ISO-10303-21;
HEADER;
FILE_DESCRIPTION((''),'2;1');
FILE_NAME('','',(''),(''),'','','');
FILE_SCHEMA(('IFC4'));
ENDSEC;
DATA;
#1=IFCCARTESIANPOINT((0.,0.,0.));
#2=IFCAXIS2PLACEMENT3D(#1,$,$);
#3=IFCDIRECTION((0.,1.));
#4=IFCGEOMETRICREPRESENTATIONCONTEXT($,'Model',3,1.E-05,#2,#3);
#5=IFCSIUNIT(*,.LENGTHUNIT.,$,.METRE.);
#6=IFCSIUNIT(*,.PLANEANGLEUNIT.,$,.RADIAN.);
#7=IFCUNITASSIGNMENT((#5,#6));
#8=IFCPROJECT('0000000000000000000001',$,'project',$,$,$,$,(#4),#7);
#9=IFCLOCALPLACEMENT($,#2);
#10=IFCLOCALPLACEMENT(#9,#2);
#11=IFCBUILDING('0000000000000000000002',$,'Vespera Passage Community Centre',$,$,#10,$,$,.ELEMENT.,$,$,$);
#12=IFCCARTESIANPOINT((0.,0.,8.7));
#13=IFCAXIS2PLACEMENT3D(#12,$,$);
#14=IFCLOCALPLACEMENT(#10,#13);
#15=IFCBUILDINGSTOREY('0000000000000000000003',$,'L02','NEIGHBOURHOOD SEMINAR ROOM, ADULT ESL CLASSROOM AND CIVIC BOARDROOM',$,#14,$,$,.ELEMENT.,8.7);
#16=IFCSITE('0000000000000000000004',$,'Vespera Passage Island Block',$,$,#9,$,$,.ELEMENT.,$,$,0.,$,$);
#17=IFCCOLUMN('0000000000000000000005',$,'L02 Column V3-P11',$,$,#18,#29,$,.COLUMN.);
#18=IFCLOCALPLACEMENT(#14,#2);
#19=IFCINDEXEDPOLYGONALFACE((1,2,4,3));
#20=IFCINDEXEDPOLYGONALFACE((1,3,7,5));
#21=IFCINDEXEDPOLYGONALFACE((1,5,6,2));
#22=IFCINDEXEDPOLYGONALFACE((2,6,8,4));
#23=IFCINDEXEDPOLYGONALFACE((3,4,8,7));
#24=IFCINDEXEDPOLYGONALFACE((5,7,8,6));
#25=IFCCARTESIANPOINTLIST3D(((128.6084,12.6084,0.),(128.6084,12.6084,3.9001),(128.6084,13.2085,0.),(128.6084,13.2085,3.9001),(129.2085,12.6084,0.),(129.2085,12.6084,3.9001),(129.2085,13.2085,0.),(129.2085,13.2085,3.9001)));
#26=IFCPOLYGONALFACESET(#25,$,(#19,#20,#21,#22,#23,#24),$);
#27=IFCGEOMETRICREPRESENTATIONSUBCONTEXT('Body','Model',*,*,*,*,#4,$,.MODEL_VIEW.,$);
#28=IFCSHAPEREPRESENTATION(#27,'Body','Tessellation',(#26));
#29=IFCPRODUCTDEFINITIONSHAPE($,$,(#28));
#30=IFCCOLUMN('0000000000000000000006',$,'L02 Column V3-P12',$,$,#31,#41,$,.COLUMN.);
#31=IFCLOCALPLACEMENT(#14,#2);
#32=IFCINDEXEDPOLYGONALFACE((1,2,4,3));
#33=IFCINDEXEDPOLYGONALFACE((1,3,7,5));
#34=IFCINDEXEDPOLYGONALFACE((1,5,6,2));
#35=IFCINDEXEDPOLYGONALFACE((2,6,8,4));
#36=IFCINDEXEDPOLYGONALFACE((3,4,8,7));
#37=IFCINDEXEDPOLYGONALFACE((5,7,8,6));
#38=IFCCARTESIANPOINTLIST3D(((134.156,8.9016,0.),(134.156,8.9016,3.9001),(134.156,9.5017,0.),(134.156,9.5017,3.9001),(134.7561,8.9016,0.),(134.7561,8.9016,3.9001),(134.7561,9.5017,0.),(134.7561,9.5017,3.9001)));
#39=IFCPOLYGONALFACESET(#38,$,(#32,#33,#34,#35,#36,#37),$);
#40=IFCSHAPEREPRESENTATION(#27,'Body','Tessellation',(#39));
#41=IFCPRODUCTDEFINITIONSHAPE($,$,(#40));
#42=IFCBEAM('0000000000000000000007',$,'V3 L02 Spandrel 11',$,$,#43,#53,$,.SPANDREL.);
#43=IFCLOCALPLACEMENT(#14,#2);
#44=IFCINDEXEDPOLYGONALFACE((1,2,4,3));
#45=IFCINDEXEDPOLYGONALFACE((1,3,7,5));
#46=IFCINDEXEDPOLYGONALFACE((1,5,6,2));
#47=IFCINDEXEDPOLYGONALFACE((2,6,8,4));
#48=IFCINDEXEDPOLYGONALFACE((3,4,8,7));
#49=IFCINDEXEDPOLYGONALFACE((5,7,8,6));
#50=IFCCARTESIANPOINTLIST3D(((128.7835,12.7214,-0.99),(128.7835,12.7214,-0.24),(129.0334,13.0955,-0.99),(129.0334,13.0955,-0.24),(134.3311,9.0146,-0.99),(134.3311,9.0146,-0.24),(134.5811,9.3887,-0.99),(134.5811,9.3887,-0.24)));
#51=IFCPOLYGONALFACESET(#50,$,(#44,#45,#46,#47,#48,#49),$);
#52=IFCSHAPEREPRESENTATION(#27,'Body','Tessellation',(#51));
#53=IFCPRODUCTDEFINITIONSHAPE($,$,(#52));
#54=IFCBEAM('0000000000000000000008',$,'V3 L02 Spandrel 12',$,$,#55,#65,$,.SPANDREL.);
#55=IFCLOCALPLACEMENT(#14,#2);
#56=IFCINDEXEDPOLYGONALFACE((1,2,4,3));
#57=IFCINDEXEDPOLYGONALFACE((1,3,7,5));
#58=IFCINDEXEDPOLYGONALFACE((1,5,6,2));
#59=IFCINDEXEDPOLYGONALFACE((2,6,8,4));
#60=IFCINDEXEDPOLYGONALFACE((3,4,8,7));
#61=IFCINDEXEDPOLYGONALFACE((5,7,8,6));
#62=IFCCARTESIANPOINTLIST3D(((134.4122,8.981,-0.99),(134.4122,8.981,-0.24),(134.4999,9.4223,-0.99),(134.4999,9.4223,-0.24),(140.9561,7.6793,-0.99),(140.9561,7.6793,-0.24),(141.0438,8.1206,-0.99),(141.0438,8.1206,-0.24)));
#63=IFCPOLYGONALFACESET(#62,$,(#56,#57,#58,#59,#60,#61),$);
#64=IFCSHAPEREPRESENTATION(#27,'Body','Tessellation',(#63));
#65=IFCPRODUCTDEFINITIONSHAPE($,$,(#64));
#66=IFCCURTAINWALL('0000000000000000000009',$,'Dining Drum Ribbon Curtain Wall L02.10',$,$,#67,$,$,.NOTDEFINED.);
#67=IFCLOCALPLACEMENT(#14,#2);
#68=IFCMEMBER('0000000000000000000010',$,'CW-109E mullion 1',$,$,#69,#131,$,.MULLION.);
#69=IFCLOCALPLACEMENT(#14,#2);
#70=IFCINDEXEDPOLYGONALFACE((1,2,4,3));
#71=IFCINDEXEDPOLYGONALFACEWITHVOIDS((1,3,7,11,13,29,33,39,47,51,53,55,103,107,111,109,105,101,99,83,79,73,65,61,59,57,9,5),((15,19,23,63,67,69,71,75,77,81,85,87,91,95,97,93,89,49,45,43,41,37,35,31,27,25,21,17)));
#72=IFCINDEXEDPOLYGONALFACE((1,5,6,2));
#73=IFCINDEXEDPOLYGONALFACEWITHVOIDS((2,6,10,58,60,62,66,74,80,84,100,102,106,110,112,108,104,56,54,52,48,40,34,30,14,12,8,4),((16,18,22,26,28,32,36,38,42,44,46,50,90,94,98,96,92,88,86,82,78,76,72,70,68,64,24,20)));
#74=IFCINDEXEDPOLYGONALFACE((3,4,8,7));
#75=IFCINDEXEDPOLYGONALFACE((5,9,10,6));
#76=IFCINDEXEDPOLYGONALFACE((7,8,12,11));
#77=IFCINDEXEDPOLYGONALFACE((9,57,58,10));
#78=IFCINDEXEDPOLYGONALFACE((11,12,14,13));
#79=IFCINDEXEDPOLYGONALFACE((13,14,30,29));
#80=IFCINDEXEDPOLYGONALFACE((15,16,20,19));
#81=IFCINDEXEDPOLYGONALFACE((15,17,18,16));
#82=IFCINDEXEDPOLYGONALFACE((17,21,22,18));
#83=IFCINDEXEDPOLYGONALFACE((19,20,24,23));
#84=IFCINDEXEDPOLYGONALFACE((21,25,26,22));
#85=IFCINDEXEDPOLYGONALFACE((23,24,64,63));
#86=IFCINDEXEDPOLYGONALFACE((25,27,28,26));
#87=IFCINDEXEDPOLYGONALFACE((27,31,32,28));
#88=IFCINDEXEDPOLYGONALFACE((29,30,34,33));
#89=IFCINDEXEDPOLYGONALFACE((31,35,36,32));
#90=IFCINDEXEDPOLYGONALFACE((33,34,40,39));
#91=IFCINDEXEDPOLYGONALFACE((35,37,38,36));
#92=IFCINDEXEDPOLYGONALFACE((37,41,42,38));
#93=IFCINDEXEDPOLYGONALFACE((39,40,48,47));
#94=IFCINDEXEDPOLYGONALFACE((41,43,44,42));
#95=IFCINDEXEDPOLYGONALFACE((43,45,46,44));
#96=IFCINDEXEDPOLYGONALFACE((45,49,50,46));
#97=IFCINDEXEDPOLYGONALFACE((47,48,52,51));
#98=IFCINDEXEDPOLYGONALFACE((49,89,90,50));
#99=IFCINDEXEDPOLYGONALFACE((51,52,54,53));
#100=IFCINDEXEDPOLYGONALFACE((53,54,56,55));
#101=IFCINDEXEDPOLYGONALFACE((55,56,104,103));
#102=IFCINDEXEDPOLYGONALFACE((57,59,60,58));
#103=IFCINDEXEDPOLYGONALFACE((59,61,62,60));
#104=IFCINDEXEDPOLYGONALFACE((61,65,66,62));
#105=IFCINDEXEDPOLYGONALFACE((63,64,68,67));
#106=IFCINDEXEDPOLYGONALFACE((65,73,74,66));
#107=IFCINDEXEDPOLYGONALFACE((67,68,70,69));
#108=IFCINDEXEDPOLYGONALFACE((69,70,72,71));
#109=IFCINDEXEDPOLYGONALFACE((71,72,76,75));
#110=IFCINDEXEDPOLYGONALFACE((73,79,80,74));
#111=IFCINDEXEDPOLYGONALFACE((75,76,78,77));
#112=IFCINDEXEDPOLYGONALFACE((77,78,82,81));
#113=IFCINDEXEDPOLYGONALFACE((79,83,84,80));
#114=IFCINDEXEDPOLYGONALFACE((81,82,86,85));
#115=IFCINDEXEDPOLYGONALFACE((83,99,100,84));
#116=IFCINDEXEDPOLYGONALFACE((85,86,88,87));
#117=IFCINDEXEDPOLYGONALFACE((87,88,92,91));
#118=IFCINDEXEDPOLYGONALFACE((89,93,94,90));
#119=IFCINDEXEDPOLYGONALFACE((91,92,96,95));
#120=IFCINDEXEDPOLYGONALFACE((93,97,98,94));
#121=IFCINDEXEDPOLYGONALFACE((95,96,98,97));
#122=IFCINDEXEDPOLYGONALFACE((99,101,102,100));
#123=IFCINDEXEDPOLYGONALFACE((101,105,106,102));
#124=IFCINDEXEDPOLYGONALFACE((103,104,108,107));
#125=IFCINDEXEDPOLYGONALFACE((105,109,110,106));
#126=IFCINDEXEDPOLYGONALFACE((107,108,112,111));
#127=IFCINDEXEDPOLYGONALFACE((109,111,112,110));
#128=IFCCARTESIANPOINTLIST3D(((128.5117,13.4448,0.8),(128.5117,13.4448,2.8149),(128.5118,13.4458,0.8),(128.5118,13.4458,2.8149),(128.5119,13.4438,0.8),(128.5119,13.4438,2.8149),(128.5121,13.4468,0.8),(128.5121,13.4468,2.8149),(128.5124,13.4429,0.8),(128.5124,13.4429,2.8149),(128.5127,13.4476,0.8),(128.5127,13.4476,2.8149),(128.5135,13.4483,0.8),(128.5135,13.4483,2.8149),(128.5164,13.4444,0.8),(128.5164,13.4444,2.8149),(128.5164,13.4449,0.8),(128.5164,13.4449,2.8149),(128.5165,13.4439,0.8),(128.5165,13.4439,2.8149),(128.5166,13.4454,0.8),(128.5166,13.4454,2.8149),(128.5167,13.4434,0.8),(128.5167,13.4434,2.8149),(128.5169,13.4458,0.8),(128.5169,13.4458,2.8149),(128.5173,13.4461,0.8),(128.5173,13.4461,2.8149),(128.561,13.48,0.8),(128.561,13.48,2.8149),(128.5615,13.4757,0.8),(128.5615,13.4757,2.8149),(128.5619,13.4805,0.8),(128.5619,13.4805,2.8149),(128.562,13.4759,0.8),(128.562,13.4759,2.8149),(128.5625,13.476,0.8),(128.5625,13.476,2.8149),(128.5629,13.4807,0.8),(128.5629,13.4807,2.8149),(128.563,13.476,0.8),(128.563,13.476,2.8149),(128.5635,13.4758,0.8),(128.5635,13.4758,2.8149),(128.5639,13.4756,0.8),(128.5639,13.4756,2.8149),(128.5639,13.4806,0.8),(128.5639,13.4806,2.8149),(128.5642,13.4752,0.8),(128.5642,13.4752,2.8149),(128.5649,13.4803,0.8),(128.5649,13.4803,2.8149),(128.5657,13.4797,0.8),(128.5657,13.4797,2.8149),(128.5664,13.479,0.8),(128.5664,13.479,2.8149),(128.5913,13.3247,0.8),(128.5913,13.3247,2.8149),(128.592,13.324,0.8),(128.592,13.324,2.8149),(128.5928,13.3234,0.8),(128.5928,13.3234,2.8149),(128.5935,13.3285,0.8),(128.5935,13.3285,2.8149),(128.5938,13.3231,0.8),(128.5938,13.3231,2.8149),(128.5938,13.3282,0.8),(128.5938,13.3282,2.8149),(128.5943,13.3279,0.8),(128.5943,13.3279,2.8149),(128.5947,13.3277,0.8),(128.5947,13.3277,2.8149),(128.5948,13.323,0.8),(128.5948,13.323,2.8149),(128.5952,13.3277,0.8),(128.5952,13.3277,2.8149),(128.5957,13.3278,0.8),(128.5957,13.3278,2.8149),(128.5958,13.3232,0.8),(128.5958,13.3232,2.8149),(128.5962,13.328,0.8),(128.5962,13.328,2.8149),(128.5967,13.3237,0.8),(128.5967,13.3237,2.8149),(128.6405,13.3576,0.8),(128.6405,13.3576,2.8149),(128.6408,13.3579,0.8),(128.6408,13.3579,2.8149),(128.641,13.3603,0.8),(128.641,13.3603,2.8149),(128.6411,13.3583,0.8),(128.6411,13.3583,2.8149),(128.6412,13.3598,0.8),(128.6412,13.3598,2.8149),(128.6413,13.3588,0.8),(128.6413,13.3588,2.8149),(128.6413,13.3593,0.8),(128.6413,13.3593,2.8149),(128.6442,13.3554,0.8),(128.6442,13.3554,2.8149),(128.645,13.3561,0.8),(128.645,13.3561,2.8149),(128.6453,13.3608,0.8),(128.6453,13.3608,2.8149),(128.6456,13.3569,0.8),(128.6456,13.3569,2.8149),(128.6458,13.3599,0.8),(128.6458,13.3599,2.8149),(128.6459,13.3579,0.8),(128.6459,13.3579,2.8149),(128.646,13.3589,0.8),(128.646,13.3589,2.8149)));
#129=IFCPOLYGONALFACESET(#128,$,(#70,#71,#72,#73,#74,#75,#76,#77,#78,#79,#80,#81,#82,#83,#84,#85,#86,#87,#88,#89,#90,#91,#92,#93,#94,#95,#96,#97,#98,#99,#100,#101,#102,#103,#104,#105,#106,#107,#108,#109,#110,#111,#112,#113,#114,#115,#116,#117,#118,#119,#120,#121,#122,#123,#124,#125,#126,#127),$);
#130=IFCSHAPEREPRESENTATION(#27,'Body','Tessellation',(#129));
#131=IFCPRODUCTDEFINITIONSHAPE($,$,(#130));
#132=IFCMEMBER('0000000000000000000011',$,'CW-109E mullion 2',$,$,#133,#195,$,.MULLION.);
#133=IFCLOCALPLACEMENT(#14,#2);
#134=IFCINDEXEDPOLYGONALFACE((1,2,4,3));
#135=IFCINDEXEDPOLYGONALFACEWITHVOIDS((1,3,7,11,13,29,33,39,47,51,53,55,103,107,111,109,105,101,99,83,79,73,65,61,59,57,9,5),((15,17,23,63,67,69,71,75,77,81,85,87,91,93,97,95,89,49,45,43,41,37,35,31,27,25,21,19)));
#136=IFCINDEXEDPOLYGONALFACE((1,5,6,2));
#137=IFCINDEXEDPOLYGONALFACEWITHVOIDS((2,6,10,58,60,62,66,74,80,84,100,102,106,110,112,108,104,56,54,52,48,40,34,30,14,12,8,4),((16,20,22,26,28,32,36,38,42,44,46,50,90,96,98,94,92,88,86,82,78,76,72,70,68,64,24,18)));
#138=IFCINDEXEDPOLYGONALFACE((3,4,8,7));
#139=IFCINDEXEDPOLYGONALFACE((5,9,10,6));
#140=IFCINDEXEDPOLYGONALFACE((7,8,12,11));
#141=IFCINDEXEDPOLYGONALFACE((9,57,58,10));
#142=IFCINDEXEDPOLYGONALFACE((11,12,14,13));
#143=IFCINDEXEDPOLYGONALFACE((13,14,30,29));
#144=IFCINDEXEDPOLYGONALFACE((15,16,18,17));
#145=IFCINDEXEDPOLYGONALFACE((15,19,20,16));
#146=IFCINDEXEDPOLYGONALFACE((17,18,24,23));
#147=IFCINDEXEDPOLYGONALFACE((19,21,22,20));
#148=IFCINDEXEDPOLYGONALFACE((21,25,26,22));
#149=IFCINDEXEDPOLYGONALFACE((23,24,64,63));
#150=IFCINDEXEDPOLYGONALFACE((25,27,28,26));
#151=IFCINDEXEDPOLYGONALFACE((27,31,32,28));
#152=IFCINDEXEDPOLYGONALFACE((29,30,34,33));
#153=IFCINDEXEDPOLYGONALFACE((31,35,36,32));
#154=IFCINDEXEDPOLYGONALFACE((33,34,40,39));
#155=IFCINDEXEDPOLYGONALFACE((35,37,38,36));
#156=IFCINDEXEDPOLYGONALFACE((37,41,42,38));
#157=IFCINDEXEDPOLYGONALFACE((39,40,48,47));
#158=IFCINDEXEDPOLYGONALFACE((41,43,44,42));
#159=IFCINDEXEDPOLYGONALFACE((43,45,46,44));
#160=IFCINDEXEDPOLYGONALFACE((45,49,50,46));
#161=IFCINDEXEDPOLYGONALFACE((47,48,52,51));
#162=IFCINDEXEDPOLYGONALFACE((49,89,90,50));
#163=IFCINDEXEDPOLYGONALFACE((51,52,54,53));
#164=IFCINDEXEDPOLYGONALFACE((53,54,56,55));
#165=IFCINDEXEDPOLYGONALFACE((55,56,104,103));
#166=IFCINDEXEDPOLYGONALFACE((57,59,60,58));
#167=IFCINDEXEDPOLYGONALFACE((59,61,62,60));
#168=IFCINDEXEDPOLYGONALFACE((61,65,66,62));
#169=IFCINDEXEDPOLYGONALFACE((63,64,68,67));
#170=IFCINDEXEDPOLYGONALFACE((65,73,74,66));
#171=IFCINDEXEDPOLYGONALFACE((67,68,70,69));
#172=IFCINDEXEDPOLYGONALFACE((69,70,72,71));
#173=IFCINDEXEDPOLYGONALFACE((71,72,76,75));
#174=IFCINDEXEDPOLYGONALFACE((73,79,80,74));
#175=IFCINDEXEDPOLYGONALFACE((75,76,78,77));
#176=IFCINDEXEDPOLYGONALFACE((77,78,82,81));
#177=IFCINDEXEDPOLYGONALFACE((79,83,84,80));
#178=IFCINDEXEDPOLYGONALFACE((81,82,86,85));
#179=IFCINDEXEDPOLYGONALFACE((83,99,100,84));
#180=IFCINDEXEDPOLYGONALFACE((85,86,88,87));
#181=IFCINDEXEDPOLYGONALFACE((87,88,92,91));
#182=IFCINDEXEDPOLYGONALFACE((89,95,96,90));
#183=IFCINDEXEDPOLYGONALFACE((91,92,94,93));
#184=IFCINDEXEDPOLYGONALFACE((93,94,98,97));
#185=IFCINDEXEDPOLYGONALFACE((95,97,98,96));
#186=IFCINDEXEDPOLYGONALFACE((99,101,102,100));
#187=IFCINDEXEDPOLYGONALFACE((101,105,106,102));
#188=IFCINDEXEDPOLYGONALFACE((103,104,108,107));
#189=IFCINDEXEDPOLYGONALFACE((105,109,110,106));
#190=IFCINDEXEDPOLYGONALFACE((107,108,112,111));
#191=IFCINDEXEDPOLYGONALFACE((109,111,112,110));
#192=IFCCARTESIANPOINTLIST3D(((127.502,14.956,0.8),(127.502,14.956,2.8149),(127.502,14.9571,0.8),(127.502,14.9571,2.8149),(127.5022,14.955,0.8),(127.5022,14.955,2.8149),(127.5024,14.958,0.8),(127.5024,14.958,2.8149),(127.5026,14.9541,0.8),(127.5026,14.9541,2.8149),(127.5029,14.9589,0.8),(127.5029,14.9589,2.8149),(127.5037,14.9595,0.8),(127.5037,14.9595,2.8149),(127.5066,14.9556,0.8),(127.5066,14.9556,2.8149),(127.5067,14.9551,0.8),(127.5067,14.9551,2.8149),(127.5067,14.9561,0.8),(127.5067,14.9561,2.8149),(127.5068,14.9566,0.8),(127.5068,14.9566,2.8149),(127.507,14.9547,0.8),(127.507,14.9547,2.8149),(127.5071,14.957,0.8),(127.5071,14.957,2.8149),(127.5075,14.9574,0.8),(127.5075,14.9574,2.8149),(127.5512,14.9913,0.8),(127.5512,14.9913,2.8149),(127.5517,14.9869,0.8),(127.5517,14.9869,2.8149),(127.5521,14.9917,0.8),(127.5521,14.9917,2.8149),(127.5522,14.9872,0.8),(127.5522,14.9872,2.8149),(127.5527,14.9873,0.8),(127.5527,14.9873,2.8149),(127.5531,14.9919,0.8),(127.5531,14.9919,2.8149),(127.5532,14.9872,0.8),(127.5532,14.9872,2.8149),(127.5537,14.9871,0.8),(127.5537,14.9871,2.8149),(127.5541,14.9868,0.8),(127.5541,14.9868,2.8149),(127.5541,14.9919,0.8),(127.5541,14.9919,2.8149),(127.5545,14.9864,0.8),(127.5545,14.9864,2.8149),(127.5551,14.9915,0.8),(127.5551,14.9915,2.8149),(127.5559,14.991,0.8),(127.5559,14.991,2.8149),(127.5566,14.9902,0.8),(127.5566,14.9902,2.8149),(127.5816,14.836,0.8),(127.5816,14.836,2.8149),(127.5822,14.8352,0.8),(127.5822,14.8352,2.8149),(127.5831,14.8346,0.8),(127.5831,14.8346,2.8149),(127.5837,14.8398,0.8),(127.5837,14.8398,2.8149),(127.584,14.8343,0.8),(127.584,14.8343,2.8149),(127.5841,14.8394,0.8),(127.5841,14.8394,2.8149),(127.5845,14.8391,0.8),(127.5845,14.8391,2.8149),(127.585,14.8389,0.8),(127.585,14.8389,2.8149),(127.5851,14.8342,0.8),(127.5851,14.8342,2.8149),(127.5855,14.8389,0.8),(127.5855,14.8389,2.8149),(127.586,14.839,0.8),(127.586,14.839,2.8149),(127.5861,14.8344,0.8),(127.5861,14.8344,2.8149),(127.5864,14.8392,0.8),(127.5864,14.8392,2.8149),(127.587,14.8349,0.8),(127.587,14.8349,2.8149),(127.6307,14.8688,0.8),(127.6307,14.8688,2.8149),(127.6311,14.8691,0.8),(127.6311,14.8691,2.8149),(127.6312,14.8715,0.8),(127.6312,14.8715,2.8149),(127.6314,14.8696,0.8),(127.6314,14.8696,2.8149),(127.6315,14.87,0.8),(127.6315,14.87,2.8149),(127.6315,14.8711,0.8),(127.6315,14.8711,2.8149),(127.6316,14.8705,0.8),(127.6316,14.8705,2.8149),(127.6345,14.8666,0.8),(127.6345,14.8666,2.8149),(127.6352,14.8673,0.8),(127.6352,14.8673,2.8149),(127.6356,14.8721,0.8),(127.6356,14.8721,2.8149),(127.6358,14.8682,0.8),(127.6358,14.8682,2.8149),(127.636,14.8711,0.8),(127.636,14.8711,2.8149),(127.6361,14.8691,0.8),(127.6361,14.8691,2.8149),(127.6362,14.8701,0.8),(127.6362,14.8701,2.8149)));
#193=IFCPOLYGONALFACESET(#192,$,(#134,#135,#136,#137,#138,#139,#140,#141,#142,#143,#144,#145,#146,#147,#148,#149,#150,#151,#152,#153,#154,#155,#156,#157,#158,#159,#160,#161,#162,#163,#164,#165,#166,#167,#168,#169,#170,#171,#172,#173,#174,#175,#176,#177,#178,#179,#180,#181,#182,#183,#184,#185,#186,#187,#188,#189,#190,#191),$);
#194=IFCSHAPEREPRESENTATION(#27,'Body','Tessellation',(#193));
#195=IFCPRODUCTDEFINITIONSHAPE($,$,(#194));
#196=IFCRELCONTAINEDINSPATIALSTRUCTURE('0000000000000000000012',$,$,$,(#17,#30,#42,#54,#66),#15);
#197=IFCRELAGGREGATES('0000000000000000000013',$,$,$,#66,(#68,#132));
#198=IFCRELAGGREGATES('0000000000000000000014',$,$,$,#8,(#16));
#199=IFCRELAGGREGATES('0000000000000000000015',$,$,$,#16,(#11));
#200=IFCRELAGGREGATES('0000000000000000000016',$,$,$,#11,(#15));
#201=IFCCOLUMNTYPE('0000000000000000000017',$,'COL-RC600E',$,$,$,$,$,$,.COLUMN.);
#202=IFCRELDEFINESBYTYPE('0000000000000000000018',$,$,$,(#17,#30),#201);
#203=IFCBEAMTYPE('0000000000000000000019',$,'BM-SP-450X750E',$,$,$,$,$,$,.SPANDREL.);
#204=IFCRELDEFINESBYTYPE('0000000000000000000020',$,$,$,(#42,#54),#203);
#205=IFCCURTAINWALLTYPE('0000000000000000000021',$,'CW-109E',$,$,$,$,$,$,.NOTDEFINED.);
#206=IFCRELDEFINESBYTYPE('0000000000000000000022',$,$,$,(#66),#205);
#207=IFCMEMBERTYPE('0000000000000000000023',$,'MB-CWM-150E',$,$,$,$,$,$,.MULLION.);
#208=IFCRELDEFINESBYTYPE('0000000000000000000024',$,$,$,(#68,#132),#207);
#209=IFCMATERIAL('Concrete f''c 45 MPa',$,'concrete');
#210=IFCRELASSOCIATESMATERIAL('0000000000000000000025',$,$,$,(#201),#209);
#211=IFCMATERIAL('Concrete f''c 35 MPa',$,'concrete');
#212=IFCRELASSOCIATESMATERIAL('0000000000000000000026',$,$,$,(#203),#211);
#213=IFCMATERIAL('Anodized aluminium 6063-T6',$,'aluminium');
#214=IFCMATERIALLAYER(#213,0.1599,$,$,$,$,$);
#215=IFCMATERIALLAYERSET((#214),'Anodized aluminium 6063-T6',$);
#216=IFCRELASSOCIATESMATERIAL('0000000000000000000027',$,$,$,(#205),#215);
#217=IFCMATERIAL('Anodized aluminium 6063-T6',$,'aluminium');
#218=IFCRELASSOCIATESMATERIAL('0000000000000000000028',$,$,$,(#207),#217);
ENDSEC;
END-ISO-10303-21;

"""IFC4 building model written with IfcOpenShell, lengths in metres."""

from ifc_helpers import new_model, si_unit, direction, frame, origin, origin_2d, place, context, subcontext, project, spatial, rectangle, hollow_rectangle, extrude, material, layer, layer_set, material_profile, profile_set, type_object, element, aggregate, save


model = new_model("IFC4")

# Units and contexts
model_context = context("Model", 3, precision=1e-05, world=origin(), true_north=direction((0.0, 1.0)))
body_context = subcontext(model_context, "Body", "Model", "MODEL_VIEW")
ifc_project = project(units=[si_unit("LENGTHUNIT", "METRE"), si_unit("PLANEANGLEUNIT", "RADIAN")], contexts=[model_context])

# Site, building, storey
site_placement = place(None, origin())
site = spatial("IfcSite", under=ifc_project, at=site_placement, Name="Vespera Passage Island Block", CompositionType="ELEMENT", RefElevation=0.0)
building_placement = place(site_placement, origin())
building = spatial("IfcBuilding", under=site, at=building_placement, Name="Vespera Passage Community Centre", CompositionType="ELEMENT")
storey_placement = place(building_placement, frame((0.0, 0.0, 8.7)))
storey = spatial("IfcBuildingStorey", under=building, at=storey_placement, Name="L02", Description="NEIGHBOURHOOD SEMINAR ROOM, ADULT ESL CLASSROOM AND CIVIC BOARDROOM", CompositionType="ELEMENT", Elevation=8.7)

# Columns
ifc_material_1 = material(Name="Concrete f'c 45 MPa", Category="concrete")
ifc_material_profile_1 = material_profile(ifc_material_1, rectangle(XDim=0.6001, YDim=0.6001, at=origin_2d()), Name="RC600X600")
ifc_profile_set_1 = profile_set([ifc_material_profile_1], Name="Concrete f'c 45 MPa")
column_type = type_object("IfcColumnType", Name="COL-RC600E", PredefinedType="COLUMN", material=ifc_profile_set_1)
for number, where, z_axis, x_axis, name in (
    (1, (128.9084, 12.9084, 0.0), (0.0, 0.0, 1.0), (1.0, 0.0, 0.0), "L02 Column V3-P11"),
    (2, (134.4561, 9.2017, 0.0), (0.0, 0.0, 1.0), (1.0, 0.0, 0.0), "L02 Column V3-P12"),
):
    element("IfcColumn", number, at=place(storey_placement, frame(where, z_axis=z_axis, x_axis=x_axis)), inside=storey, type_object=column_type, Name=name, PredefinedType="COLUMN", context=body_context, shape_type="SweptSolid", body=[
        extrude(rectangle(XDim=0.6001, YDim=0.6001, at=origin_2d()), origin(), (0.0, 0.0, 1.0), 3.9001),
    ])

# Beams
ifc_material_2 = material(Name="Concrete f'c 35 MPa", Category="concrete")
ifc_material_profile_2 = material_profile(ifc_material_2, rectangle(XDim=0.45, YDim=0.75, at=origin_2d()), Name="RC450X750")
ifc_profile_set_2 = profile_set([ifc_material_profile_2], Name="Concrete f'c 35 MPa")
beam_type = type_object("IfcBeamType", Name="BM-SP-450X750E", PredefinedType="SPANDREL", material=ifc_profile_set_2)
for number, where, z_axis, x_axis, name in (
    (3, (128.9084, 12.9084, -0.615), (0.83147, -0.55557, 0.0), (0.55557, 0.83147, 0.0), "V3 L02 Spandrel 11"),
    (4, (134.4561, 9.2017, -0.615), (0.980783, -0.195103, 0.0), (0.195103, 0.980783, 0.0), "V3 L02 Spandrel 12"),
):
    element("IfcBeam", number, at=place(storey_placement, frame(where, z_axis=z_axis, x_axis=x_axis)), inside=storey, type_object=beam_type, Name=name, PredefinedType="SPANDREL", context=body_context, shape_type="SweptSolid", body=[
        extrude(rectangle(XDim=0.45, YDim=0.75, at=origin_2d()), origin(), (0.0, 0.0, 1.0), 6.6721),
    ])

# Curtain wall, members
ifc_material_3 = material(Name="Anodized aluminium 6063-T6", Category="aluminium")
ifc_layer_1 = layer(ifc_material_3, 0.1599)
ifc_layer_set_1 = layer_set([ifc_layer_1], Name="Anodized aluminium 6063-T6")
curtain_wall_type_1 = type_object("IfcCurtainWallType", Name="CW-109E", PredefinedType="NOTDEFINED", material=ifc_layer_set_1)
curtain_wall_1_placement = place(storey_placement, origin())
curtain_wall_1 = element("IfcCurtainWall", 5, at=curtain_wall_1_placement, inside=storey, type_object=curtain_wall_type_1, Name="Dining Drum Ribbon Curtain Wall L02.10", PredefinedType="NOTDEFINED")
ifc_material_4 = material(Name="Anodized aluminium 6063-T6", Category="aluminium")
ifc_material_profile_3 = material_profile(ifc_material_4, hollow_rectangle(XDim=0.0649, YDim=0.1499, WallThickness=0.0039, InnerFilletRadius=0.002, OuterFilletRadius=0.0039, at=origin_2d()), Name="ALU150X65X4")
ifc_profile_set_3 = profile_set([ifc_material_profile_3], Name="Anodized aluminium 6063-T6")
member_type_1 = type_object("IfcMemberType", Name="MB-CWM-150E", PredefinedType="MULLION", material=ifc_profile_set_3)
member_1_placement = place(storey_placement, frame((128.5789, 13.4019, 0.8), z_axis=(0.0, 0.0, 1.0), x_axis=(-0.831473, -0.555565, 0.0)))
member_1 = element("IfcMember", 6, at=member_1_placement, type_object=member_type_1, Name="CW-109E mullion 1", PredefinedType="MULLION", context=body_context, shape_type="SweptSolid", body=[
    extrude(hollow_rectangle(XDim=0.0649, YDim=0.1499, WallThickness=0.0039, InnerFilletRadius=0.002, OuterFilletRadius=0.0039, at=origin_2d()), origin(), (0.0, 0.0, 1.0), 2.0149),
])
member_2_placement = place(storey_placement, frame((127.5691, 14.9131, 0.8), z_axis=(0.0, 0.0, 1.0), x_axis=(-0.831473, -0.555565, 0.0)))
member_2 = element("IfcMember", 7, at=member_2_placement, type_object=member_type_1, Name="CW-109E mullion 2", PredefinedType="MULLION", context=body_context, shape_type="SweptSolid", body=[
    extrude(hollow_rectangle(XDim=0.0649, YDim=0.1499, WallThickness=0.0039, InnerFilletRadius=0.002, OuterFilletRadius=0.0039, at=origin_2d()), origin(), (0.0, 0.0, 1.0), 2.0149),
])

aggregate(curtain_wall_1, [member_1, member_2])

save(model, "model.ifc")
